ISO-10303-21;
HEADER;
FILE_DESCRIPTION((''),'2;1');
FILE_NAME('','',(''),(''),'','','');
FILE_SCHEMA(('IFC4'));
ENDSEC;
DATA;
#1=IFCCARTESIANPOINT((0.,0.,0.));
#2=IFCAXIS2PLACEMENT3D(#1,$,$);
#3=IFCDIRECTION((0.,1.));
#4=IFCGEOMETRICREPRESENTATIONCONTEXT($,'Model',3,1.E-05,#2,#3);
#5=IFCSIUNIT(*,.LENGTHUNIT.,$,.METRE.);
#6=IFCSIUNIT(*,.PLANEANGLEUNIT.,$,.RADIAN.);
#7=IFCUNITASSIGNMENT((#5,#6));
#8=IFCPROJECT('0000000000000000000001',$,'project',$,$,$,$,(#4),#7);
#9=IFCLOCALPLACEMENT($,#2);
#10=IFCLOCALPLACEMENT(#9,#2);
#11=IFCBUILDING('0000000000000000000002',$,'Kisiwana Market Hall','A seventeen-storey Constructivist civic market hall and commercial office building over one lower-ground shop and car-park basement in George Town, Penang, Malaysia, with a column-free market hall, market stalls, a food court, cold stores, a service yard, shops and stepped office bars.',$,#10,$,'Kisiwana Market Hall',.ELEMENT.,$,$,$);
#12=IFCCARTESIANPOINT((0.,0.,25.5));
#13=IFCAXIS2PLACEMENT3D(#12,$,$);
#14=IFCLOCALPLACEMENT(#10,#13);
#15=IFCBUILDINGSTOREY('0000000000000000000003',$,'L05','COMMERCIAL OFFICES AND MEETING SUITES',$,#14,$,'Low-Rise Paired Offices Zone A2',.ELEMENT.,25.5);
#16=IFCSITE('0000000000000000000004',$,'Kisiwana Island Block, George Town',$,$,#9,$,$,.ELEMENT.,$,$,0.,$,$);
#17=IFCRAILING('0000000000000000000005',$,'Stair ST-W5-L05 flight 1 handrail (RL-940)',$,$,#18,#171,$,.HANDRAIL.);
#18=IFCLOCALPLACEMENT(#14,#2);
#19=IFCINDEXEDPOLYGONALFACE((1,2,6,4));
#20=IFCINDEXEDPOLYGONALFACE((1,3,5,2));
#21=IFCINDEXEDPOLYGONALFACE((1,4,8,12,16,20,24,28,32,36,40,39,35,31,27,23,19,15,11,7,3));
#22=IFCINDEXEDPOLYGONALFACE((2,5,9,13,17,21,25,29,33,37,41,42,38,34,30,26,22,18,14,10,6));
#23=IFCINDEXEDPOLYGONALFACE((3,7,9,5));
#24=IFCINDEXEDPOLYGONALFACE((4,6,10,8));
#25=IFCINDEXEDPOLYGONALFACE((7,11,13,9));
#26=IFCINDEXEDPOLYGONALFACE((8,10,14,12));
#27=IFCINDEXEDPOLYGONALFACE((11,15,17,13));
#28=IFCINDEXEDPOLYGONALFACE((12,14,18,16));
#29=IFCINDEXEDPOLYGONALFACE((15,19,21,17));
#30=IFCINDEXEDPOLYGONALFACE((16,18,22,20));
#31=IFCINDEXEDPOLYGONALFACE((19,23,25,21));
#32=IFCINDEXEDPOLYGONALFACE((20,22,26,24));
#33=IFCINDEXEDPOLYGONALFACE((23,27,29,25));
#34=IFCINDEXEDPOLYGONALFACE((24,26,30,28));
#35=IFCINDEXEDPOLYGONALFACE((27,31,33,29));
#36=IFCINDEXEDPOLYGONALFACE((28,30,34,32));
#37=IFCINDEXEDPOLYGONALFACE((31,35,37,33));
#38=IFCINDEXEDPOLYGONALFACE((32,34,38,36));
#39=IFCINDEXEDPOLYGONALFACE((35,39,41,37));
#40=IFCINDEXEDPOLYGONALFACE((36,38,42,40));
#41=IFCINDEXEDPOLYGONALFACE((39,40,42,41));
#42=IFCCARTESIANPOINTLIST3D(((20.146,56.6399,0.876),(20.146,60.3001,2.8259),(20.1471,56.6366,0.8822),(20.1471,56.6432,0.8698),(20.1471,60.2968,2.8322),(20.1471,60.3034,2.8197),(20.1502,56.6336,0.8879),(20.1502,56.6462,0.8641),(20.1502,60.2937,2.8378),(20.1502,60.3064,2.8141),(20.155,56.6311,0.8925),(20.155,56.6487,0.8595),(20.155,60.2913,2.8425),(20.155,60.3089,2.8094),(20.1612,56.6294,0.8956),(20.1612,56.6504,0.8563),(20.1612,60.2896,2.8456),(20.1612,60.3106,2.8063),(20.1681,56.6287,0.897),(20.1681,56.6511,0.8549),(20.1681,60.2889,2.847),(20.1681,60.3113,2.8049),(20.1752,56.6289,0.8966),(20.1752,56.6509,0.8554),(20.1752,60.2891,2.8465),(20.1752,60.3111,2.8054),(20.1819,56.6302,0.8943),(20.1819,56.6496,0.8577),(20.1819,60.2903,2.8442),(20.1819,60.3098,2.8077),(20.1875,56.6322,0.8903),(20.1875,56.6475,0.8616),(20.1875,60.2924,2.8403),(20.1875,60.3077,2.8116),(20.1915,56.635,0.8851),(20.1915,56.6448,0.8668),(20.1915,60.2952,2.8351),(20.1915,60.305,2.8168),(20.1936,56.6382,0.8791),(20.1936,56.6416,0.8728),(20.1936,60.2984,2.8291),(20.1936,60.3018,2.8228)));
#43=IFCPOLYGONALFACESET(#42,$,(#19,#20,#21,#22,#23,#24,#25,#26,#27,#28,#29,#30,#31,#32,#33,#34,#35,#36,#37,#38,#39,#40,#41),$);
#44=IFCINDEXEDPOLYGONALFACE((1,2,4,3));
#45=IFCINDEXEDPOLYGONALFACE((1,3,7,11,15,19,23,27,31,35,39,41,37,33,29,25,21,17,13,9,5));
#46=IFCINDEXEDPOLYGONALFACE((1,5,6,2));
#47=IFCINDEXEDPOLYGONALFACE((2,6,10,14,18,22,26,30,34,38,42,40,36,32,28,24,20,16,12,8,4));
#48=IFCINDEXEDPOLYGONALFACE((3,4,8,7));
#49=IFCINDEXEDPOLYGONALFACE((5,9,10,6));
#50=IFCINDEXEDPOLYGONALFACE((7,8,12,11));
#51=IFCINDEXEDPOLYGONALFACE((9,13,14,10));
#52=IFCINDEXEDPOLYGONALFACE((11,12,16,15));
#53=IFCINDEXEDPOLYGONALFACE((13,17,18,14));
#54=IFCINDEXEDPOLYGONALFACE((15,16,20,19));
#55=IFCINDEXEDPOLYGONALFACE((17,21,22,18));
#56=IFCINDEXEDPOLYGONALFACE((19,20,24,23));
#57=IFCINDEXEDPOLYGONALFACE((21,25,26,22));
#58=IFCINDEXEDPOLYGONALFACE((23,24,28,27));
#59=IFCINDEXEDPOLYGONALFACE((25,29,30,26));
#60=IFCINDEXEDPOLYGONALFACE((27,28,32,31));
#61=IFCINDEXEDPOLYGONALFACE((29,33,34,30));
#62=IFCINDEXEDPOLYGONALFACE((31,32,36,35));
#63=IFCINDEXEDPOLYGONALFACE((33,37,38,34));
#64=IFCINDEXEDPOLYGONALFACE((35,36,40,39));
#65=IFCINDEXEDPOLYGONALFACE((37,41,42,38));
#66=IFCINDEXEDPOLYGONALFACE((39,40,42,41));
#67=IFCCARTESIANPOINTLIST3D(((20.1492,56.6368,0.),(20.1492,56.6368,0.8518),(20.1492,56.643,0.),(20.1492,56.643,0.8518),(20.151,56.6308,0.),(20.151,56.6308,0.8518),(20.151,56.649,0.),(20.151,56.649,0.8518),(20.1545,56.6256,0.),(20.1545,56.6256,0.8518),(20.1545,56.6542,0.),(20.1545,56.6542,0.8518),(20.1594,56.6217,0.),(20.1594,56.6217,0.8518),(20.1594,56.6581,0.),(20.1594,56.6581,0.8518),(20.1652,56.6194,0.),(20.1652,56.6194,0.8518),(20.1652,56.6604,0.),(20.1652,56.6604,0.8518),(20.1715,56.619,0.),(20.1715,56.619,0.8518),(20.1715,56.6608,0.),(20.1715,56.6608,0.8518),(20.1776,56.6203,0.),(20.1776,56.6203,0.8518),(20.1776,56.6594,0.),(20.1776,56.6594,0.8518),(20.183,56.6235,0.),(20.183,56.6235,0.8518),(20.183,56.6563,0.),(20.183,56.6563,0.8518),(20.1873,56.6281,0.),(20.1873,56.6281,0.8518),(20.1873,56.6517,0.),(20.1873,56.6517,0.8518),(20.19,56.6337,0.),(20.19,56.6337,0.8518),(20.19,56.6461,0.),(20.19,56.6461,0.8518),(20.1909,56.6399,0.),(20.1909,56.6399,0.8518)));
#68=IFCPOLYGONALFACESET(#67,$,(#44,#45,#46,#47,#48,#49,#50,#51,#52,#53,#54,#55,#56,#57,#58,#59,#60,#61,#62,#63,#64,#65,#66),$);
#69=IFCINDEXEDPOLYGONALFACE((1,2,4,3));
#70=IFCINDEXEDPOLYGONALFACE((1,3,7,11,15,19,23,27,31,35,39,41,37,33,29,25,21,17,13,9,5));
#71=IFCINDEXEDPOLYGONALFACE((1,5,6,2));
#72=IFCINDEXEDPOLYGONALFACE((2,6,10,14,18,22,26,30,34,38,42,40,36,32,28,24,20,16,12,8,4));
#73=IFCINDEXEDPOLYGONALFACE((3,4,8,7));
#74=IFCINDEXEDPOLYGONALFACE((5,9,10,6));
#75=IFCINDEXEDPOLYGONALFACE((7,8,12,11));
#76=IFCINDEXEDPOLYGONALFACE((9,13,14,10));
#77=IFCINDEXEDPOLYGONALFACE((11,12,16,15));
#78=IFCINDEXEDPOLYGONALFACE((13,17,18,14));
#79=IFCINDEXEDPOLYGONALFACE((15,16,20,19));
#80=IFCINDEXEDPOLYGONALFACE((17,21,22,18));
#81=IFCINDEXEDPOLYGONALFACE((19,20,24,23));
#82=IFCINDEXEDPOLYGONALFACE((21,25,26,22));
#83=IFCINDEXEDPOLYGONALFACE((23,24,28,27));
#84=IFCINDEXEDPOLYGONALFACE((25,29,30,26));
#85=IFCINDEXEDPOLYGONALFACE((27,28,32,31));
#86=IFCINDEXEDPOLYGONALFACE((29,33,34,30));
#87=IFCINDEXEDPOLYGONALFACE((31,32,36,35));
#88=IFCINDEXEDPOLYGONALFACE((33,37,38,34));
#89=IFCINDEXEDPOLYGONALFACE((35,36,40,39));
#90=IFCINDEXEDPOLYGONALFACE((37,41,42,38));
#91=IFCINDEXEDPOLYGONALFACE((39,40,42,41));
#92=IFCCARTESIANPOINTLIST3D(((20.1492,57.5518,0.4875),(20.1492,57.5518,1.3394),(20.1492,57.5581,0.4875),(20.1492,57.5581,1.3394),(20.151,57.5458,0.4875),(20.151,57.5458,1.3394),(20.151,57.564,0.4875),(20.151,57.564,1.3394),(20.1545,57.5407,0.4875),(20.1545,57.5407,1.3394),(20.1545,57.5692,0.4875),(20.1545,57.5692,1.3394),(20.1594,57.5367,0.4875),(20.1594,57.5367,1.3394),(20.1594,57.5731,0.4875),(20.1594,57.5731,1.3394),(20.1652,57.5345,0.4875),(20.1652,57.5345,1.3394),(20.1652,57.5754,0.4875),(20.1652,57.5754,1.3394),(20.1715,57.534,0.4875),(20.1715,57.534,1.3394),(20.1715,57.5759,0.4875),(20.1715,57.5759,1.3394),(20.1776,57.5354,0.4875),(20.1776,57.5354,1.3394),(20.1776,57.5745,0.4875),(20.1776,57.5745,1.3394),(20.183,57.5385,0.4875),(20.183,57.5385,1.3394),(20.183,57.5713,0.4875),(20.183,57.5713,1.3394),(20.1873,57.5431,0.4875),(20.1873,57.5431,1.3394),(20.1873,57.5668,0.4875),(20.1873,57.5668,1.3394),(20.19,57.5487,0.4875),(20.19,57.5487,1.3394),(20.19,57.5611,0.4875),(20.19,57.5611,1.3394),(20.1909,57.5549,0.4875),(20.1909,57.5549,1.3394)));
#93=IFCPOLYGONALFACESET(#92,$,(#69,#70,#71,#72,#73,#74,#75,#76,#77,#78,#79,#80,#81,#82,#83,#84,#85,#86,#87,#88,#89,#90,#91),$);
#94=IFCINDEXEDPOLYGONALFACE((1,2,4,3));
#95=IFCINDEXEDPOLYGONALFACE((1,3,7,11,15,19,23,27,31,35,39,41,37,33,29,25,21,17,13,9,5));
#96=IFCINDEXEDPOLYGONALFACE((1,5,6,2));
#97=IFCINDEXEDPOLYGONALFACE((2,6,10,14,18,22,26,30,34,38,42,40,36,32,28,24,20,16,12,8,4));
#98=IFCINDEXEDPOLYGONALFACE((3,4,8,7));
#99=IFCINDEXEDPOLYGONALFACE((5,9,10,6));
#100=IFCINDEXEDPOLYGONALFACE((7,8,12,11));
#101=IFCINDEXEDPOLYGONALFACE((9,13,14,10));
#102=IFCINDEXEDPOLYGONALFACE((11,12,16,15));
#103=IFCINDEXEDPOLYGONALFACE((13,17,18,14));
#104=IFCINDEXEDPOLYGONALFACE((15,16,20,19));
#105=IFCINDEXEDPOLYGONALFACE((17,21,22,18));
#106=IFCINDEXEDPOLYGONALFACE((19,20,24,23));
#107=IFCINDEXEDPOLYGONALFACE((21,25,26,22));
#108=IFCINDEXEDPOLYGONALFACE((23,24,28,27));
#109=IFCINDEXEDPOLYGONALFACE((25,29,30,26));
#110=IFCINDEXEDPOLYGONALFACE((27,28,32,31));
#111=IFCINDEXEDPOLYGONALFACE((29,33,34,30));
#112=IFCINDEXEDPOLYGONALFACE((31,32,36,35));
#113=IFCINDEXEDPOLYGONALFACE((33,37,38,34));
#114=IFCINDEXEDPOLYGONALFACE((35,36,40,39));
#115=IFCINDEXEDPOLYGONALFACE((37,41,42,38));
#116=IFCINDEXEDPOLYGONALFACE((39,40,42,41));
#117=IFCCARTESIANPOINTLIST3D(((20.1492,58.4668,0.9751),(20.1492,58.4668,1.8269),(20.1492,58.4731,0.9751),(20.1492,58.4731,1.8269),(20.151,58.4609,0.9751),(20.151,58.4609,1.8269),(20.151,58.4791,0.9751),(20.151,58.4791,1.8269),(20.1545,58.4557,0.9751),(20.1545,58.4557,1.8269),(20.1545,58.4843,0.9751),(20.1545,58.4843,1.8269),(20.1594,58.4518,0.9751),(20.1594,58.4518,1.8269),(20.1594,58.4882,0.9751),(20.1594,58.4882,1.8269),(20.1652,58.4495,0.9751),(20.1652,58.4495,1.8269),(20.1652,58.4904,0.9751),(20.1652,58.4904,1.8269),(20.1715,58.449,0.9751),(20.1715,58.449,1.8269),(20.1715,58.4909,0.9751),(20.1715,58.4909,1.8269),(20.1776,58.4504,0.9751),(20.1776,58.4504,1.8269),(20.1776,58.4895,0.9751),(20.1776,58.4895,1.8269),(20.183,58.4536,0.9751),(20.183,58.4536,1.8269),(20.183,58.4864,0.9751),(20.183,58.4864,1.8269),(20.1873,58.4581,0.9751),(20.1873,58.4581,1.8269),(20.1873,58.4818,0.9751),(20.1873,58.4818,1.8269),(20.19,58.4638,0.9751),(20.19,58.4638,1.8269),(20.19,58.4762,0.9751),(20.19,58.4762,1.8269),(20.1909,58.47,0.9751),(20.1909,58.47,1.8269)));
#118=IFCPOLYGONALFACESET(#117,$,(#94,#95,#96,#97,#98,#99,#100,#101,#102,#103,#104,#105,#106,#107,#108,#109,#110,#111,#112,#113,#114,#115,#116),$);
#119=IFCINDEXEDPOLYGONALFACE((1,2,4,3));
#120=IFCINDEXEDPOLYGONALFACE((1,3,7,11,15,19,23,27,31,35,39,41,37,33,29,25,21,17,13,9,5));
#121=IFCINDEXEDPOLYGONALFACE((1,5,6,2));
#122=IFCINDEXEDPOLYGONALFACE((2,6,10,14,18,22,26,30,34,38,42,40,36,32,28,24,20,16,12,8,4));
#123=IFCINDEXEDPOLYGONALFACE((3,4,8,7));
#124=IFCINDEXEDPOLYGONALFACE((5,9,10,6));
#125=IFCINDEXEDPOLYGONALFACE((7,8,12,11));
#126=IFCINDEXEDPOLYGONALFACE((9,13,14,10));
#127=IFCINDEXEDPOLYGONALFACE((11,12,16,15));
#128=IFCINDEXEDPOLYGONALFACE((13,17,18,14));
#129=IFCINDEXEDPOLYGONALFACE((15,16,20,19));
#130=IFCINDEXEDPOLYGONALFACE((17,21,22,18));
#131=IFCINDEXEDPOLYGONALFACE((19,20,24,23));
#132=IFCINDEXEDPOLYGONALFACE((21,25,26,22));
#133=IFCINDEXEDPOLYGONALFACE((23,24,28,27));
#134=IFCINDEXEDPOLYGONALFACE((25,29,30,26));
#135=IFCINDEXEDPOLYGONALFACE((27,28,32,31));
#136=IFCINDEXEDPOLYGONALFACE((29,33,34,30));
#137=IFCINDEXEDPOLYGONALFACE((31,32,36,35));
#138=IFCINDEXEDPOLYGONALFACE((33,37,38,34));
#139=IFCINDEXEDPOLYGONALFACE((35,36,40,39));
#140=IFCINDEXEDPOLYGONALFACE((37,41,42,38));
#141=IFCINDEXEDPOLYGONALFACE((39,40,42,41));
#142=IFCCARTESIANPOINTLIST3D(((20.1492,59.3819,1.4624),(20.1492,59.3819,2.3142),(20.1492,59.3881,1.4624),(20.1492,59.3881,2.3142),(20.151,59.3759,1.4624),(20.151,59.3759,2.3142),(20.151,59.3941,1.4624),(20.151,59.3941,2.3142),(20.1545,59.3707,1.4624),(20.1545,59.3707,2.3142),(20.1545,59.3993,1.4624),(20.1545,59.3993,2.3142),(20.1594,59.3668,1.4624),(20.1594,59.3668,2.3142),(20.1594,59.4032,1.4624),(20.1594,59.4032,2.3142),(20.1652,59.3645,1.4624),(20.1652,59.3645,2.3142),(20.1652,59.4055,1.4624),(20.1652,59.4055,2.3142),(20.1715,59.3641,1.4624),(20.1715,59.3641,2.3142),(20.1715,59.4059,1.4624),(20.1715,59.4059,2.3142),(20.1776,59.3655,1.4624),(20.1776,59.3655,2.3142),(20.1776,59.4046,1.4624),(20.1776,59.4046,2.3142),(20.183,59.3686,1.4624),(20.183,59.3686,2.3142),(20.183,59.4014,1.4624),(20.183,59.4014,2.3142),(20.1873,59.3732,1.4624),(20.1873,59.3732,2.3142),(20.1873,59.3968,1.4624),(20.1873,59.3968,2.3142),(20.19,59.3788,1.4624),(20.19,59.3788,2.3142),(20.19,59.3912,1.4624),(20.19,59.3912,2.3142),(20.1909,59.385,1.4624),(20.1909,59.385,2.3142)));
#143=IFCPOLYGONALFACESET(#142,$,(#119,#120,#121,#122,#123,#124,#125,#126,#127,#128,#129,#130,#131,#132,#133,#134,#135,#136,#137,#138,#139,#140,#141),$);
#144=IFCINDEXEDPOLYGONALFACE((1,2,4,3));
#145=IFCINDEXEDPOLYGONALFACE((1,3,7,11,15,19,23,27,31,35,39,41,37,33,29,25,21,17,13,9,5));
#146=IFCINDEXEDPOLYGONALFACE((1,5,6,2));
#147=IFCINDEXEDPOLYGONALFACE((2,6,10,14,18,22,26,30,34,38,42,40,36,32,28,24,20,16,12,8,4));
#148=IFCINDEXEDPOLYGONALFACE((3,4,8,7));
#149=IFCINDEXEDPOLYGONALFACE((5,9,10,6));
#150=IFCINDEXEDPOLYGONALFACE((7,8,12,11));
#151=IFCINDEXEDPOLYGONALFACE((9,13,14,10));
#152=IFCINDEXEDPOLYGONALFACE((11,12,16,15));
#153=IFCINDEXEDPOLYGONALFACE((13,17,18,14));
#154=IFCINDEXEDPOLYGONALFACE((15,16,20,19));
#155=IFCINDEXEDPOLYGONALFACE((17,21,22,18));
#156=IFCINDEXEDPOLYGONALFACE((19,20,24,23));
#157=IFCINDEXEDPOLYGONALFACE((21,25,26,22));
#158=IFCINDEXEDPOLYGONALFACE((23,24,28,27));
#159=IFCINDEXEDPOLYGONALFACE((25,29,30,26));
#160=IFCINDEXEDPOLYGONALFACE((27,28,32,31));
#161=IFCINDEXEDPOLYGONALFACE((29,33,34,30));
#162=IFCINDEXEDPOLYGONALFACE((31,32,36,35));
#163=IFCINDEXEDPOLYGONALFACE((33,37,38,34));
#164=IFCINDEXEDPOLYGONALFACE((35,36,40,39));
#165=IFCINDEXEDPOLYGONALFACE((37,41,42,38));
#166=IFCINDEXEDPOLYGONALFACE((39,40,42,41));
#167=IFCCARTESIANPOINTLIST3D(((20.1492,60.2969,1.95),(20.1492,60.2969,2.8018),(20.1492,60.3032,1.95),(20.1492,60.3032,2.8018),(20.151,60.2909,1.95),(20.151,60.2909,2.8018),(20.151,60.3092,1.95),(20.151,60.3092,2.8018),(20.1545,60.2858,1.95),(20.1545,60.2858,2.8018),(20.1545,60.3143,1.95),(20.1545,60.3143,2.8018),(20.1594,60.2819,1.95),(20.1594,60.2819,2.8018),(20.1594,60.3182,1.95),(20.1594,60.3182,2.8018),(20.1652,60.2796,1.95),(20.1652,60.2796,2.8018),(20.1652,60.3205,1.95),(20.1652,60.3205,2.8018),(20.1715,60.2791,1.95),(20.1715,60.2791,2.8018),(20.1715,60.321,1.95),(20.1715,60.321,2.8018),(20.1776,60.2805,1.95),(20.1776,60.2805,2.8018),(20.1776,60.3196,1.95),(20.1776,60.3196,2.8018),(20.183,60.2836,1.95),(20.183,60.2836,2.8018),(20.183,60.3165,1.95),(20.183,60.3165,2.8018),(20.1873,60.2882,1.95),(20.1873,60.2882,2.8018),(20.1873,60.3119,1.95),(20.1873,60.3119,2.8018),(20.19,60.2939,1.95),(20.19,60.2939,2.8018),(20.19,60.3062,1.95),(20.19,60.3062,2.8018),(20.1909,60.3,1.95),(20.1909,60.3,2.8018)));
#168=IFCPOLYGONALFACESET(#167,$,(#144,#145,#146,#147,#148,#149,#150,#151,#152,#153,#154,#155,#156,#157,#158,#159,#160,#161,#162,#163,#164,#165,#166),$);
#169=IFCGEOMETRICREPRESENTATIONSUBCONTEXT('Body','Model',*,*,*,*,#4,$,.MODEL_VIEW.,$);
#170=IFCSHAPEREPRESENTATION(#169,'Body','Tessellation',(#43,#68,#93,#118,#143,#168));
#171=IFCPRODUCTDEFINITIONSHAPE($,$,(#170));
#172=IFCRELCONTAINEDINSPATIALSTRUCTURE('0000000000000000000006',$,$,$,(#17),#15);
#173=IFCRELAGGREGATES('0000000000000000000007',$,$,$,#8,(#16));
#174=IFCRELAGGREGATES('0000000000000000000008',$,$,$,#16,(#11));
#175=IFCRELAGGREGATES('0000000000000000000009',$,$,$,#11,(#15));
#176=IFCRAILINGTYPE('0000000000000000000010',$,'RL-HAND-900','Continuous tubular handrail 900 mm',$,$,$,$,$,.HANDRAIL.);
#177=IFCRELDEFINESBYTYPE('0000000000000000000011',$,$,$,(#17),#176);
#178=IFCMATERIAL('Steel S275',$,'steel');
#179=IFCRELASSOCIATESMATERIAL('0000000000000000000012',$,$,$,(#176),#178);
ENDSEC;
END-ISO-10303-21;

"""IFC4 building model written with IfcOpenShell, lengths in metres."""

from ifc_helpers import new_model, si_unit, direction, frame, origin, origin_2d, place, context, subcontext, project, spatial, circle, extrude, material, type_object, element, save


model = new_model("IFC4")

# Units and contexts
model_context = context("Model", 3, precision=1e-05, world=origin(), true_north=direction((0.0, 1.0)))
body_context = subcontext(model_context, "Body", "Model", "MODEL_VIEW")
ifc_project = project(units=[si_unit("LENGTHUNIT", "METRE"), si_unit("PLANEANGLEUNIT", "RADIAN")], contexts=[model_context])

# Site, building, storey
site_placement = place(None, origin())
site = spatial("IfcSite", under=ifc_project, at=site_placement, Name="Kisiwana Island Block, George Town", CompositionType="ELEMENT", RefElevation=0.0)
building_placement = place(site_placement, origin())
building = spatial("IfcBuilding", under=site, at=building_placement, Name="Kisiwana Market Hall", Description="A seventeen-storey Constructivist civic market hall and commercial office building over one lower-ground shop and car-park basement in George Town, Penang, Malaysia, with a column-free market hall, market stalls, a food court, cold stores, a service yard, shops and stepped office bars.", LongName="Kisiwana Market Hall", CompositionType="ELEMENT")
storey_placement = place(building_placement, frame((0.0, 0.0, 25.5)))
storey = spatial("IfcBuildingStorey", under=building, at=storey_placement, Name="L05", Description="COMMERCIAL OFFICES AND MEETING SUITES", LongName="Low-Rise Paired Offices Zone A2", CompositionType="ELEMENT", Elevation=25.5)

# Railing
ifc_material_1 = material(Name="Steel S275", Category="steel")
railing_type_1 = type_object("IfcRailingType", Name="RL-HAND-900", Description="Continuous tubular handrail 900 mm", PredefinedType="HANDRAIL", material=ifc_material_1)
for number, where, name in (
    (1, (20.1699, 56.6399, 0.0), "Stair ST-W5-L05 flight 1 handrail (RL-940)"),
):
    element("IfcRailing", number, at=place(storey_placement, frame(where)), inside=storey, type_object=railing_type_1, Name=name, PredefinedType="HANDRAIL", context=body_context, shape_type="SweptSolid", body=[
        extrude(circle(Radius=0.0239, at=origin_2d()), frame((0.0, 0.0, 0.876), z_axis=(0.0, 0.882566, 0.470188), x_axis=(-1.0, 0.0, 0.0)), (0.0, 0.0, 1.0), 4.1472),
        extrude(circle(Radius=0.021, at=origin_2d()), origin(), (0.0, 0.0, 1.0), 0.8518),
        extrude(circle(Radius=0.021, at=origin_2d()), frame((0.0, 0.915, 0.4875)), (0.0, 0.0, 1.0), 0.8518),
        extrude(circle(Radius=0.021, at=origin_2d()), frame((0.0, 1.8301, 0.9751)), (0.0, 0.0, 1.0), 0.8518),
        extrude(circle(Radius=0.021, at=origin_2d()), frame((0.0, 2.7451, 1.4624)), (0.0, 0.0, 1.0), 0.8518),
        extrude(circle(Radius=0.021, at=origin_2d()), frame((0.0, 3.6602, 1.95)), (0.0, 0.0, 1.0), 0.8518),
    ])

save(model, "model.ifc")
